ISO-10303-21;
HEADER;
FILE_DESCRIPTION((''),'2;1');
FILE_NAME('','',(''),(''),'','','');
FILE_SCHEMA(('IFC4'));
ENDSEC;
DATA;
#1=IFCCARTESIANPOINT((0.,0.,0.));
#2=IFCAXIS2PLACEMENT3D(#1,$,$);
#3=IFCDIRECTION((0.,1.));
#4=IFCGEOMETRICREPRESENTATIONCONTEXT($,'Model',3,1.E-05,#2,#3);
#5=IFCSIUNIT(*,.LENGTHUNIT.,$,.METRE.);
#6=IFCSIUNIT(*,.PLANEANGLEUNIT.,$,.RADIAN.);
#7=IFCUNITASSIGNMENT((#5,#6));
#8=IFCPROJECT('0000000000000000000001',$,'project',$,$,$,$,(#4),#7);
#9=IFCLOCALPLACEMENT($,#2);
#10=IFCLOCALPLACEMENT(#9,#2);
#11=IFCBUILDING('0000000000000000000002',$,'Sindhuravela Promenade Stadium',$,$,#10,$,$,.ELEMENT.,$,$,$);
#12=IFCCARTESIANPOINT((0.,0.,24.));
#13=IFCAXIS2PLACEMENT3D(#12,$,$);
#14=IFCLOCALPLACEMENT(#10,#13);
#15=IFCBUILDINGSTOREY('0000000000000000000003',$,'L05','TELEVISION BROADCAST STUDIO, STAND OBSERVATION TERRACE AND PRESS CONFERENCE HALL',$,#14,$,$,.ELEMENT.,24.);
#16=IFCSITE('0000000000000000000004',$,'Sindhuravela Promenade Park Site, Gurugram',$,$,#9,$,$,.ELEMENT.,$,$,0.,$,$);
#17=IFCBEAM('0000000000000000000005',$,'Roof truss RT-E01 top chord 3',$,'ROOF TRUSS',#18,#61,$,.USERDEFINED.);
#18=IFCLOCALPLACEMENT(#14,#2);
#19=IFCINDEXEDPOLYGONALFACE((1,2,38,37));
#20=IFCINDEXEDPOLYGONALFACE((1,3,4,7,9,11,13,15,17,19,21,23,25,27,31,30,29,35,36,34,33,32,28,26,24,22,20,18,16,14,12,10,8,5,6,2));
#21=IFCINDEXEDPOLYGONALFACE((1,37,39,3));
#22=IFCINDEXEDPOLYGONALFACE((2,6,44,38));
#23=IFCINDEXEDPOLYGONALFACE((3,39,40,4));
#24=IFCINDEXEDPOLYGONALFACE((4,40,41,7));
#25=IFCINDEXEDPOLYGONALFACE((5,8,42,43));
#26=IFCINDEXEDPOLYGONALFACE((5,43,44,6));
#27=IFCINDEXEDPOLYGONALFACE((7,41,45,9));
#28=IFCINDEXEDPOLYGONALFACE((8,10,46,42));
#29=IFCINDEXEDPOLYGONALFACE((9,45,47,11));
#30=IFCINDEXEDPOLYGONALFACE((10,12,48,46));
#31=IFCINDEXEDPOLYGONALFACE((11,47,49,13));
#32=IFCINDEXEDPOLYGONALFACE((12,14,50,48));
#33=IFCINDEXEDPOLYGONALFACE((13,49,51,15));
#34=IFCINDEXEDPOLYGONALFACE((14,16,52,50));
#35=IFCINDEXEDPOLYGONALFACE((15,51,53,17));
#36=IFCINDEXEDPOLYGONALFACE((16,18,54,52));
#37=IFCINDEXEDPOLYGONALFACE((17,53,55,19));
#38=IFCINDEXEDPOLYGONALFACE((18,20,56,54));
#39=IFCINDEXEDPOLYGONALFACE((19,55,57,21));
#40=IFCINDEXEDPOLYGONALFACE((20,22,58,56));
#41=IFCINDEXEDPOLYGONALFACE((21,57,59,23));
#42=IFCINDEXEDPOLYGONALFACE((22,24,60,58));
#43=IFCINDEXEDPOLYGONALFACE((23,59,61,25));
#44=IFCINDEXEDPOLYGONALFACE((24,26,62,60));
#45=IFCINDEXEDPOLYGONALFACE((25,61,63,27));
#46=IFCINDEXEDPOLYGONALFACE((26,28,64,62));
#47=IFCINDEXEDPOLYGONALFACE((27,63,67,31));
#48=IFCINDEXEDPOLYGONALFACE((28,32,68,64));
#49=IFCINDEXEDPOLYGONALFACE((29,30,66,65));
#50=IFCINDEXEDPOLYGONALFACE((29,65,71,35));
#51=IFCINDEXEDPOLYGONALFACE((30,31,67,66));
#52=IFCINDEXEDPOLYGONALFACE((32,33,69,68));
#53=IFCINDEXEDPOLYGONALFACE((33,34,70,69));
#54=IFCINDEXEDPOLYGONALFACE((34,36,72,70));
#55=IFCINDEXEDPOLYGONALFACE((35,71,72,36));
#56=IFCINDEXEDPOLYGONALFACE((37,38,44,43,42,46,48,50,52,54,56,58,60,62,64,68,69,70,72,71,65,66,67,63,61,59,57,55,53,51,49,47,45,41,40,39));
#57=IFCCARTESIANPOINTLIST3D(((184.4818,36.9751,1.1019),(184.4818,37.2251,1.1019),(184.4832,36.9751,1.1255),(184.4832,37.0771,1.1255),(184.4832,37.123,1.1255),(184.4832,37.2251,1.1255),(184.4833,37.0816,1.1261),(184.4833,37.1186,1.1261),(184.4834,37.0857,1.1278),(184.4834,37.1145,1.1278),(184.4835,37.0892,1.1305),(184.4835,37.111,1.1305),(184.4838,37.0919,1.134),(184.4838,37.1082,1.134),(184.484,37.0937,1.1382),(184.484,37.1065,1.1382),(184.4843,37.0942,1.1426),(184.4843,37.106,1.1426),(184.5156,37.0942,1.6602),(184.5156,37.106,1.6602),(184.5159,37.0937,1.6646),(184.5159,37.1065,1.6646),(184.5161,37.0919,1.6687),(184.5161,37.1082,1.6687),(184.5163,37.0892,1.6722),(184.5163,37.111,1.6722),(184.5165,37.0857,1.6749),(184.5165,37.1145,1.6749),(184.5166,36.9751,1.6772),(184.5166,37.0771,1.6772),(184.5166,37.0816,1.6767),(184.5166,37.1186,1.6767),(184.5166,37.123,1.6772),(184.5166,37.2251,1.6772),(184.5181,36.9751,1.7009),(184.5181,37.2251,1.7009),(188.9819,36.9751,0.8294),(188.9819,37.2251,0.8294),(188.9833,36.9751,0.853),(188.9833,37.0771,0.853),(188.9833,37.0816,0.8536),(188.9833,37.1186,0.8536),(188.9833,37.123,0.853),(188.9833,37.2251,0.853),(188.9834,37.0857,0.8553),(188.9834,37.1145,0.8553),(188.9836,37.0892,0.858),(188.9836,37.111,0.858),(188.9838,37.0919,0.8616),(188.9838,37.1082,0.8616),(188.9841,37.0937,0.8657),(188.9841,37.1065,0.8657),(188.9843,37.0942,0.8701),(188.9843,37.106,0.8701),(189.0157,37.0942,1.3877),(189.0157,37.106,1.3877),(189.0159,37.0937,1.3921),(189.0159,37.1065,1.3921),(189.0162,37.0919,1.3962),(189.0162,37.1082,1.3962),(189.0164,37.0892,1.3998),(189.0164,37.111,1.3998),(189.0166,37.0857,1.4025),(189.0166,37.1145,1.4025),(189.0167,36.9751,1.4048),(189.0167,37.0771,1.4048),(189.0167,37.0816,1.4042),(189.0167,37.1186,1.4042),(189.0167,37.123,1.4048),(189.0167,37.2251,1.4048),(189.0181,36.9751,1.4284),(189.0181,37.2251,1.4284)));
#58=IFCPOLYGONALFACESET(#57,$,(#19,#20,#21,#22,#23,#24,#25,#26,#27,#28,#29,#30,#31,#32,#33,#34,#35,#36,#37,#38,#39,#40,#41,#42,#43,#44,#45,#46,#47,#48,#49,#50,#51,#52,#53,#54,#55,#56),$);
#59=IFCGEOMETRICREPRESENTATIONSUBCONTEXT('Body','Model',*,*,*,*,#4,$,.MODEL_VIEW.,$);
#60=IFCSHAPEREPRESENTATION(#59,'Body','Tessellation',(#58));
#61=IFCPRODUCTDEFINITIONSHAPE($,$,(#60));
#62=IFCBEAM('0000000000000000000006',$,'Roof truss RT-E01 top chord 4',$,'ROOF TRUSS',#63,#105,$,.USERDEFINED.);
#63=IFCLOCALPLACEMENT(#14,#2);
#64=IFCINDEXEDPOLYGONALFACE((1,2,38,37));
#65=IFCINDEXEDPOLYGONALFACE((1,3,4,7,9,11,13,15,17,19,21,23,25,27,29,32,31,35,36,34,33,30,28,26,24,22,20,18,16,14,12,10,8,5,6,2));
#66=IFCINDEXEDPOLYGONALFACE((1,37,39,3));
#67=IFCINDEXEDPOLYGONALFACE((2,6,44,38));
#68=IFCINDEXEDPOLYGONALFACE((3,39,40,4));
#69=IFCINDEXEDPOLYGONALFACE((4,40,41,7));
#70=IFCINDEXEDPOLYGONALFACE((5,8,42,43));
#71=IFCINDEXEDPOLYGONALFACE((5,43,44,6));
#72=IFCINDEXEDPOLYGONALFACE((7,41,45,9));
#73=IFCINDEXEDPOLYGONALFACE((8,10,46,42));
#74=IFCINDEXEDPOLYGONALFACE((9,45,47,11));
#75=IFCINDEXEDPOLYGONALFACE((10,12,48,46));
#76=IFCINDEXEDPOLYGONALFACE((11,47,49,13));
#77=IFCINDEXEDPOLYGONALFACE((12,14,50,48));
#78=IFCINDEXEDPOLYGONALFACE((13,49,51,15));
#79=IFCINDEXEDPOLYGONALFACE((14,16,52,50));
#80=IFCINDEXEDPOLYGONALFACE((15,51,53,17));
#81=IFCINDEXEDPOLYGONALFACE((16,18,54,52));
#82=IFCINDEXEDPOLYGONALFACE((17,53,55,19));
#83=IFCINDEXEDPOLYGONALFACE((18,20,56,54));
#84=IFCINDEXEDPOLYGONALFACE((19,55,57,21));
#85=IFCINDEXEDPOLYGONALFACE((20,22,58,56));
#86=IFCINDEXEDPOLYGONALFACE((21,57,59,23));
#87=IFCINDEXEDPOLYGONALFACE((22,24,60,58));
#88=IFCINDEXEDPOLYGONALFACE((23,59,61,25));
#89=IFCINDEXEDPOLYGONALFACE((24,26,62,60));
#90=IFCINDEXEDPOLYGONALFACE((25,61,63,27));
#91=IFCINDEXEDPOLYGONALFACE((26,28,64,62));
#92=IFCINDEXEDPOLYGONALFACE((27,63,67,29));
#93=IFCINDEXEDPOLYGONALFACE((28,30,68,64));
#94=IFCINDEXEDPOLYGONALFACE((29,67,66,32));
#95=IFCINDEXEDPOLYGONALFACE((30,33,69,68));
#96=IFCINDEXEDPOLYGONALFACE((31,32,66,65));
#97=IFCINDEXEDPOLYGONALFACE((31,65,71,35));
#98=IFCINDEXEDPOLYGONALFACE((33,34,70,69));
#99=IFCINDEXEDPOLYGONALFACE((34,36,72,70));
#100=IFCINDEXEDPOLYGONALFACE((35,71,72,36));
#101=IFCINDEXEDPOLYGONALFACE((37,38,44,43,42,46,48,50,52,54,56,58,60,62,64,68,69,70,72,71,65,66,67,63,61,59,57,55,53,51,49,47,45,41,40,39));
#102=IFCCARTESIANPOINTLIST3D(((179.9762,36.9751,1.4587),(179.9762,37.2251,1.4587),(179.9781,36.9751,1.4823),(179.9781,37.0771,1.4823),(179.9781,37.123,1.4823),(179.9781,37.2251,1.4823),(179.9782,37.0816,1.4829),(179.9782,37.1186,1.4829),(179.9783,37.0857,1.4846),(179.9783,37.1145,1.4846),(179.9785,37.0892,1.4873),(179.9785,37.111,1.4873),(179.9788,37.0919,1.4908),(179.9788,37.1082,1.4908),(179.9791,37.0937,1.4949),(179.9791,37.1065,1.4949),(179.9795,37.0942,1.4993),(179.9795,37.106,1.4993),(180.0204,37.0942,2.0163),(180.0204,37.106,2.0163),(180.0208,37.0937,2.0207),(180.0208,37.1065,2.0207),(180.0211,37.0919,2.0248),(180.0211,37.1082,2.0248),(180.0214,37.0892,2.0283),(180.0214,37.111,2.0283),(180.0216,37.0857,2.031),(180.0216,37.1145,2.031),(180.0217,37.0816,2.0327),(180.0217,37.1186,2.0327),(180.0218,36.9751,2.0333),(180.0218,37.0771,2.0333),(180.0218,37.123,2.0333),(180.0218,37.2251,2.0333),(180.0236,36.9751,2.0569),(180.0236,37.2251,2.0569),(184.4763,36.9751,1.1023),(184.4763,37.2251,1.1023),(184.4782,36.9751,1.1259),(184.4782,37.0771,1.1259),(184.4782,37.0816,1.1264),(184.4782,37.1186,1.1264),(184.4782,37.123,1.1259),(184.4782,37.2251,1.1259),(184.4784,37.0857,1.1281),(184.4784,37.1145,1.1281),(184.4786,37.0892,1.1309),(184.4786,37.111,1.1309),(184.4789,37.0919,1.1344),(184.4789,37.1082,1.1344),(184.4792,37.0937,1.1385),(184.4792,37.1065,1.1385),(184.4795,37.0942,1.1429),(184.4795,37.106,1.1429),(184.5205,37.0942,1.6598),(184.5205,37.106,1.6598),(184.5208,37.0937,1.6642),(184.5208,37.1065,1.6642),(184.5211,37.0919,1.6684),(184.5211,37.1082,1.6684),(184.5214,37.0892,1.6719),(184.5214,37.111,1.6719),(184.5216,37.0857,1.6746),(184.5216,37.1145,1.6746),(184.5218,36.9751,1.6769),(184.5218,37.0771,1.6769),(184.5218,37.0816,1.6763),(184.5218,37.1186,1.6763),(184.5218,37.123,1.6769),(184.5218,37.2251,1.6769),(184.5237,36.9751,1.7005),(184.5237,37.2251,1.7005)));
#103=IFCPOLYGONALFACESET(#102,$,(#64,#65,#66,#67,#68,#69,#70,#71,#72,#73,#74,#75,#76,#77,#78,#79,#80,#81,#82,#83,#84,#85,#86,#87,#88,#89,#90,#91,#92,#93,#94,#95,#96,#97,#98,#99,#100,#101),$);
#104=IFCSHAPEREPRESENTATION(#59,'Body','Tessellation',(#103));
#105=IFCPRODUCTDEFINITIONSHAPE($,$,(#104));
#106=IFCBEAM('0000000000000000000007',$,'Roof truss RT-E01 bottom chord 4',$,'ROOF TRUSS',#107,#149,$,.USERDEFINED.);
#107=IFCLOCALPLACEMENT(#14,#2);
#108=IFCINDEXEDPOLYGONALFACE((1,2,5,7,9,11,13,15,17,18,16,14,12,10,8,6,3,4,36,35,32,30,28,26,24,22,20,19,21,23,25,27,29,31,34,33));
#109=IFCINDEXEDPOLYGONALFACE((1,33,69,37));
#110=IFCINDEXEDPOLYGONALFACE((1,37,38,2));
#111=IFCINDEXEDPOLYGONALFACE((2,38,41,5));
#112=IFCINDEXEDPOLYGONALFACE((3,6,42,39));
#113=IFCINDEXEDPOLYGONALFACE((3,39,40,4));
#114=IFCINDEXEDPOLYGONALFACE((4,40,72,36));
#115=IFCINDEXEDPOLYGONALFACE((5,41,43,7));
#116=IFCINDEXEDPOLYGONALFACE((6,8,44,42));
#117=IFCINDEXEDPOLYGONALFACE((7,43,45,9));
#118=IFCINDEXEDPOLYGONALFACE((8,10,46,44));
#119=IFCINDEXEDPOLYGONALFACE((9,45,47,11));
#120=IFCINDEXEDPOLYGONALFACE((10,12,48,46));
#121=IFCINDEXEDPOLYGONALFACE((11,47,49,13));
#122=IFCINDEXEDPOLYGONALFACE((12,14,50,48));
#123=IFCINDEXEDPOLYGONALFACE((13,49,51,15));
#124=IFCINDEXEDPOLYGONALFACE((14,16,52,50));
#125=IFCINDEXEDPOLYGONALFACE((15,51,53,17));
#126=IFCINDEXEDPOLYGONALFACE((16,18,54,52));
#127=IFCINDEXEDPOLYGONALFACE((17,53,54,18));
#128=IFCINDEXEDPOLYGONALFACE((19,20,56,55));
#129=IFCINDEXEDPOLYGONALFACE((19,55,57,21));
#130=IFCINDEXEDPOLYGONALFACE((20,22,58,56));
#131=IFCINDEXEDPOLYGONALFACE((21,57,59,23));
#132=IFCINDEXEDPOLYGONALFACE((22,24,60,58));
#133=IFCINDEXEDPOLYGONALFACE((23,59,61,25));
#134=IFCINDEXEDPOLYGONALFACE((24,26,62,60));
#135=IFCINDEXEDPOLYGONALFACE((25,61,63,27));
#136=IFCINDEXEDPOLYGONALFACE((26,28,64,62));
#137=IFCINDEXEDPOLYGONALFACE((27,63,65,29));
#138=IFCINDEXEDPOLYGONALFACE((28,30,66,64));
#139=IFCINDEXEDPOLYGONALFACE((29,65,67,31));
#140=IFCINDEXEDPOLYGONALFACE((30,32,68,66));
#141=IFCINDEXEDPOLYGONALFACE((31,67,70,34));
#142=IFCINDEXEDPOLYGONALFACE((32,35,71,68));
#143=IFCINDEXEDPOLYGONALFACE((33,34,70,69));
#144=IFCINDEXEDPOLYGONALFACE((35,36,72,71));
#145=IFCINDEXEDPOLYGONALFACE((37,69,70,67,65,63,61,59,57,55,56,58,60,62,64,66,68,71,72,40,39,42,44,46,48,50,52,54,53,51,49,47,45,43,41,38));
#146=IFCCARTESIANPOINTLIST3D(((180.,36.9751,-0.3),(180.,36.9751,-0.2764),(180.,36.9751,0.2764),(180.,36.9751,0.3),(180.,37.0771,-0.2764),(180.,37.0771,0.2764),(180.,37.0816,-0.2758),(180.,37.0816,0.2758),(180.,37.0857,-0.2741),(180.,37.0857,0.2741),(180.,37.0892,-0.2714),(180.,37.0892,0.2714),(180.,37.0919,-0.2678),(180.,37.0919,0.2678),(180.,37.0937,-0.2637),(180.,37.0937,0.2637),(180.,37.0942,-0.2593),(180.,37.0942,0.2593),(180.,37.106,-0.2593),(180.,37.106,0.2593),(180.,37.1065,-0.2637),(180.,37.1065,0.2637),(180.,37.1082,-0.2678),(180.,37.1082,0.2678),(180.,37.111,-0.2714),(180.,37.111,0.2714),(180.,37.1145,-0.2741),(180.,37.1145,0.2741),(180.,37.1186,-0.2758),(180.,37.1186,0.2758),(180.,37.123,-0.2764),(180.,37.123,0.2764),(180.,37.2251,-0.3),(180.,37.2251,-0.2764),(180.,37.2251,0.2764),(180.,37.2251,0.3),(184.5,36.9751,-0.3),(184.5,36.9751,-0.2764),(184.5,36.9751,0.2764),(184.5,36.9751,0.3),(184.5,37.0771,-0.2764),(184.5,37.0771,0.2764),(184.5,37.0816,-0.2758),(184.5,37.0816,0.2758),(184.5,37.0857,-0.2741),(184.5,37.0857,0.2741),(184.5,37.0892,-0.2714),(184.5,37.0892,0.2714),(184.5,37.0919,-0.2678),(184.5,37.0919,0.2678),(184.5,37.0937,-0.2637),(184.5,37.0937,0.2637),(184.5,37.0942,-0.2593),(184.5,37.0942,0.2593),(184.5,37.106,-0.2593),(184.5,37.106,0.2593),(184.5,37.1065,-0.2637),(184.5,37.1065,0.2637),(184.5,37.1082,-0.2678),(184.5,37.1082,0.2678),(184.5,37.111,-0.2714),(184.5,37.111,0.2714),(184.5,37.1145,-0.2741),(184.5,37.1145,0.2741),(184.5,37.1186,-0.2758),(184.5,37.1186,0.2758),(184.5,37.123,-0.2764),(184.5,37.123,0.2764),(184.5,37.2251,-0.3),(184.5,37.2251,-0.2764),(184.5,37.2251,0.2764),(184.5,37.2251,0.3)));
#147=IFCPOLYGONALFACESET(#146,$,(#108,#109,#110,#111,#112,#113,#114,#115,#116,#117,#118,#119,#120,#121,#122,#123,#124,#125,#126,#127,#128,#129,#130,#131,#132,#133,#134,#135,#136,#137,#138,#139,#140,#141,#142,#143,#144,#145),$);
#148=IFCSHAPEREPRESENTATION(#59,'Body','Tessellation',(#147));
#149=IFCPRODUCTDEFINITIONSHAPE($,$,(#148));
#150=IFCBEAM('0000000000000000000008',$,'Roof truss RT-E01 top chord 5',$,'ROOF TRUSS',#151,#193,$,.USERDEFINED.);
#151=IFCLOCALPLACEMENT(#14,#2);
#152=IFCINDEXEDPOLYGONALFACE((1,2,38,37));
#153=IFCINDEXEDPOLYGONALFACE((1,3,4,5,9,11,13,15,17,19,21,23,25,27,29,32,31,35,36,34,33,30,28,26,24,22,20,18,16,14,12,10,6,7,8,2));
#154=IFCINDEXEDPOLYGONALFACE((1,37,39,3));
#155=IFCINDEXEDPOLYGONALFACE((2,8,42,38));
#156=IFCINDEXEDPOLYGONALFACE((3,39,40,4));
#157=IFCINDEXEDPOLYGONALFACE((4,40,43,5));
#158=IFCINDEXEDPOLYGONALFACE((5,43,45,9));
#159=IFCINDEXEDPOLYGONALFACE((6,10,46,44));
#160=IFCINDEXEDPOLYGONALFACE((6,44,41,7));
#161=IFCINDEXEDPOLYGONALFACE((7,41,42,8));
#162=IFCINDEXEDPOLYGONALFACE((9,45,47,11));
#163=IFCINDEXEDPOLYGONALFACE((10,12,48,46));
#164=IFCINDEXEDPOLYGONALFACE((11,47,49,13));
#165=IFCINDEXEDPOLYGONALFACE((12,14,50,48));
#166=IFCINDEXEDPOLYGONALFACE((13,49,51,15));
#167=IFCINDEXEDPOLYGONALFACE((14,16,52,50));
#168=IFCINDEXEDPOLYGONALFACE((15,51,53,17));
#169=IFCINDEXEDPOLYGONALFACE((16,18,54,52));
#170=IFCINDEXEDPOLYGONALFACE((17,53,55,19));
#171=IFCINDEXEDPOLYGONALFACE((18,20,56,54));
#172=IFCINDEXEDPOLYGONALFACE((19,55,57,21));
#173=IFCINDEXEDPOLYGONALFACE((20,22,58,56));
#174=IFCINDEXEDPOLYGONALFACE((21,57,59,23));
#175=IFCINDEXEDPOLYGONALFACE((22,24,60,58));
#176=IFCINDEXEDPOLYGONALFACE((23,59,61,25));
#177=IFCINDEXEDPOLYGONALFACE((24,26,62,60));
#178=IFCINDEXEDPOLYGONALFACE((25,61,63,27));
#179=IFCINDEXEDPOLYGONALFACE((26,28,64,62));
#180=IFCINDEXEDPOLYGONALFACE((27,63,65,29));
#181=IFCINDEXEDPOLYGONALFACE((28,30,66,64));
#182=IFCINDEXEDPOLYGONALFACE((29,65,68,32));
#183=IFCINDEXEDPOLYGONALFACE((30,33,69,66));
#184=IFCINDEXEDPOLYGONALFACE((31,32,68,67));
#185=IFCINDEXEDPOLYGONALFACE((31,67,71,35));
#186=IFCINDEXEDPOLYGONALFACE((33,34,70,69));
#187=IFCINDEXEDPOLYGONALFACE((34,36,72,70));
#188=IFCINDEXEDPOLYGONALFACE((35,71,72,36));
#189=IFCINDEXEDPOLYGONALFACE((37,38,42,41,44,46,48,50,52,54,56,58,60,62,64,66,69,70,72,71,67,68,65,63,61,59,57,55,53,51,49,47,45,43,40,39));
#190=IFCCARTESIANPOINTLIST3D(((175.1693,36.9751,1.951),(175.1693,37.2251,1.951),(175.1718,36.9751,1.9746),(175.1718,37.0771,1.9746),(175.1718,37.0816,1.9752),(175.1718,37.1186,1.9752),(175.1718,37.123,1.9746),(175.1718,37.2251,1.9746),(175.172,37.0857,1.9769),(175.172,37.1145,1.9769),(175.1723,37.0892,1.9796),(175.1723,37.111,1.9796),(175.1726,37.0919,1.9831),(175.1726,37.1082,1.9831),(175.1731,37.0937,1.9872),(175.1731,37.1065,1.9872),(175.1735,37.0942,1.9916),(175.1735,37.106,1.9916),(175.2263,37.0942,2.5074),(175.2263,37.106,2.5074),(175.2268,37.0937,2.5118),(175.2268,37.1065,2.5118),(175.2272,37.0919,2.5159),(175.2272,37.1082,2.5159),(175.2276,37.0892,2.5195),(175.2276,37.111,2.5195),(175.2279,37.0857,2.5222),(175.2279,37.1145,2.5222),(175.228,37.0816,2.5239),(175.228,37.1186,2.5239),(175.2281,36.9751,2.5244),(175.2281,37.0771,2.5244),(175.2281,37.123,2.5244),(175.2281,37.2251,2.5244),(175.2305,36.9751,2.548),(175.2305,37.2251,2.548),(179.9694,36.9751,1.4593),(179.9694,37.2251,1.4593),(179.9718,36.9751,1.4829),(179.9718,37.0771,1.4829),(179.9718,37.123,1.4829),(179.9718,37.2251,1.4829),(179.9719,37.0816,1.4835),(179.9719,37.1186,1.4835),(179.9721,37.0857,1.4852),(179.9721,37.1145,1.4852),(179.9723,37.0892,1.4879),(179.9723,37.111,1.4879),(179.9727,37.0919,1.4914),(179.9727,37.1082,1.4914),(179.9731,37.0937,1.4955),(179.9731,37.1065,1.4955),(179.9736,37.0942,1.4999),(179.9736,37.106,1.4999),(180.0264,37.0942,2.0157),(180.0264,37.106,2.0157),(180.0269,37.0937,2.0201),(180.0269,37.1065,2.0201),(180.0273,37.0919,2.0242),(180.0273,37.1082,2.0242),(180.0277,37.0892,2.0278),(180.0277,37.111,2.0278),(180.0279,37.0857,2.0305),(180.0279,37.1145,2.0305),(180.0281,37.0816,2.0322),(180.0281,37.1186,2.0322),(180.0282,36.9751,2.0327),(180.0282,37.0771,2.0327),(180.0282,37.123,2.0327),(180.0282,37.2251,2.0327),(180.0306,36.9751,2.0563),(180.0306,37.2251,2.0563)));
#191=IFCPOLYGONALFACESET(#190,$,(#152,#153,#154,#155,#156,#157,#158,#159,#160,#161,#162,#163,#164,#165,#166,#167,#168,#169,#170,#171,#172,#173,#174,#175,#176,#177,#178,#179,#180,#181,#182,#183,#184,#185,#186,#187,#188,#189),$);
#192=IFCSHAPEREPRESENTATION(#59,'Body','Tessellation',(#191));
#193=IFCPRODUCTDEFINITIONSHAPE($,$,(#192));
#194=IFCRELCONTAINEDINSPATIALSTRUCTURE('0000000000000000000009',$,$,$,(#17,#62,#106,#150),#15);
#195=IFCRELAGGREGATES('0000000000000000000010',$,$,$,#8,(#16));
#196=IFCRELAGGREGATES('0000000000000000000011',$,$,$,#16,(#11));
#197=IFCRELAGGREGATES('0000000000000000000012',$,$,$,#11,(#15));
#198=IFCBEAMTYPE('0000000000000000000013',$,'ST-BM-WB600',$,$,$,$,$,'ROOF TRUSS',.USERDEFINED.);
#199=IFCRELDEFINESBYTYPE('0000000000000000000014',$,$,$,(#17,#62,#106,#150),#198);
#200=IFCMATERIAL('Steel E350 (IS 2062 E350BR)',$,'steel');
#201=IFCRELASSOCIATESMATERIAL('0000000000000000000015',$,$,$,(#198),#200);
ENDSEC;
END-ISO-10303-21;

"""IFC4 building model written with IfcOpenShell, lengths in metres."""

from ifc_helpers import new_model, si_unit, direction, frame, origin, origin_2d, place, context, subcontext, project, spatial, i_section, extrude, material, material_profile, profile_set, type_object, element, save


model = new_model("IFC4")

# Units and contexts
model_context = context("Model", 3, precision=1e-05, world=origin(), true_north=direction((0.0, 1.0)))
body_context = subcontext(model_context, "Body", "Model", "MODEL_VIEW")
ifc_project = project(units=[si_unit("LENGTHUNIT", "METRE"), si_unit("PLANEANGLEUNIT", "RADIAN")], contexts=[model_context])

# Site, building, storey
site_placement = place(None, origin())
site = spatial("IfcSite", under=ifc_project, at=site_placement, Name="Sindhuravela Promenade Park Site, Gurugram", CompositionType="ELEMENT", RefElevation=0.0)
building_placement = place(site_placement, origin())
building = spatial("IfcBuilding", under=site, at=building_placement, Name="Sindhuravela Promenade Stadium", CompositionType="ELEMENT")
storey_placement = place(building_placement, frame((0.0, 0.0, 24.0)))
storey = spatial("IfcBuildingStorey", under=building, at=storey_placement, Name="L05", Description="TELEVISION BROADCAST STUDIO, STAND OBSERVATION TERRACE AND PRESS CONFERENCE HALL", CompositionType="ELEMENT", Elevation=24.0)

# Beams
ifc_material_1 = material(Name="Steel E350 (IS 2062 E350BR)", Category="steel")
ifc_material_profile_1 = material_profile(ifc_material_1, i_section(OverallWidth=0.25, OverallDepth=0.6001, WebThickness=0.0117, FlangeThickness=0.0237, FilletRadius=0.0171, at=origin_2d()), Name="ISWB 600")
ifc_profile_set_1 = profile_set([ifc_material_profile_1], Name="Steel E350 (IS 2062 E350BR)")
beam_type = type_object("IfcBeamType", Name="ST-BM-WB600", ElementType="ROOF TRUSS", PredefinedType="USERDEFINED", material=ifc_profile_set_1)
beam_1_placement = place(storey_placement, frame((189.0, 37.1001, 1.1289), z_axis=(-0.998172, 0.0, 0.060436), x_axis=(0.0, -1.0, 0.0)))
element("IfcBeam", 1, at=beam_1_placement, inside=storey, type_object=beam_type, Name="Roof truss RT-E01 top chord 3", ObjectType="ROOF TRUSS", PredefinedType="USERDEFINED", context=body_context, shape_type="SweptSolid", body=[
    extrude(i_section(OverallWidth=0.25, OverallDepth=0.6001, WebThickness=0.0117, FlangeThickness=0.0237, FilletRadius=0.0171, at=origin_2d()), origin(), (0.0, 0.0, 1.0), 4.5083),
])
beam_2_placement = place(storey_placement, frame((184.5, 37.1001, 1.4014), z_axis=(-0.996878, 0.0, 0.078963), x_axis=(0.0, -1.0, 0.0)))
element("IfcBeam", 2, at=beam_2_placement, inside=storey, type_object=beam_type, Name="Roof truss RT-E01 top chord 4", ObjectType="ROOF TRUSS", PredefinedType="USERDEFINED", context=body_context, shape_type="SweptSolid", body=[
    extrude(i_section(OverallWidth=0.25, OverallDepth=0.6001, WebThickness=0.0117, FlangeThickness=0.0237, FilletRadius=0.0171, at=origin_2d()), origin(), (0.0, 0.0, 1.0), 4.5142),
])
beam_3_placement = place(storey_placement, frame((184.5, 37.1001, 0.0), z_axis=(-1.0, 0.0, 0.0), x_axis=(0.0, -1.0, 0.0)))
element("IfcBeam", 3, at=beam_3_placement, inside=storey, type_object=beam_type, Name="Roof truss RT-E01 bottom chord 4", ObjectType="ROOF TRUSS", PredefinedType="USERDEFINED", context=body_context, shape_type="SweptSolid", body=[
    extrude(i_section(OverallWidth=0.25, OverallDepth=0.6001, WebThickness=0.0117, FlangeThickness=0.0237, FilletRadius=0.0171, at=origin_2d()), origin(), (0.0, 0.0, 1.0), 4.5),
])
beam_4_placement = place(storey_placement, frame((180.0, 37.1001, 1.7578), z_axis=(-0.994794, 0.0, 0.101903), x_axis=(0.0, -1.0, 0.0)))
element("IfcBeam", 4, at=beam_4_placement, inside=storey, type_object=beam_type, Name="Roof truss RT-E01 top chord 5", ObjectType="ROOF TRUSS", PredefinedType="USERDEFINED", context=body_context, shape_type="SweptSolid", body=[
    extrude(i_section(OverallWidth=0.25, OverallDepth=0.6001, WebThickness=0.0117, FlangeThickness=0.0237, FilletRadius=0.0171, at=origin_2d()), origin(), (0.0, 0.0, 1.0), 4.8252),
])

save(model, "model.ifc")
